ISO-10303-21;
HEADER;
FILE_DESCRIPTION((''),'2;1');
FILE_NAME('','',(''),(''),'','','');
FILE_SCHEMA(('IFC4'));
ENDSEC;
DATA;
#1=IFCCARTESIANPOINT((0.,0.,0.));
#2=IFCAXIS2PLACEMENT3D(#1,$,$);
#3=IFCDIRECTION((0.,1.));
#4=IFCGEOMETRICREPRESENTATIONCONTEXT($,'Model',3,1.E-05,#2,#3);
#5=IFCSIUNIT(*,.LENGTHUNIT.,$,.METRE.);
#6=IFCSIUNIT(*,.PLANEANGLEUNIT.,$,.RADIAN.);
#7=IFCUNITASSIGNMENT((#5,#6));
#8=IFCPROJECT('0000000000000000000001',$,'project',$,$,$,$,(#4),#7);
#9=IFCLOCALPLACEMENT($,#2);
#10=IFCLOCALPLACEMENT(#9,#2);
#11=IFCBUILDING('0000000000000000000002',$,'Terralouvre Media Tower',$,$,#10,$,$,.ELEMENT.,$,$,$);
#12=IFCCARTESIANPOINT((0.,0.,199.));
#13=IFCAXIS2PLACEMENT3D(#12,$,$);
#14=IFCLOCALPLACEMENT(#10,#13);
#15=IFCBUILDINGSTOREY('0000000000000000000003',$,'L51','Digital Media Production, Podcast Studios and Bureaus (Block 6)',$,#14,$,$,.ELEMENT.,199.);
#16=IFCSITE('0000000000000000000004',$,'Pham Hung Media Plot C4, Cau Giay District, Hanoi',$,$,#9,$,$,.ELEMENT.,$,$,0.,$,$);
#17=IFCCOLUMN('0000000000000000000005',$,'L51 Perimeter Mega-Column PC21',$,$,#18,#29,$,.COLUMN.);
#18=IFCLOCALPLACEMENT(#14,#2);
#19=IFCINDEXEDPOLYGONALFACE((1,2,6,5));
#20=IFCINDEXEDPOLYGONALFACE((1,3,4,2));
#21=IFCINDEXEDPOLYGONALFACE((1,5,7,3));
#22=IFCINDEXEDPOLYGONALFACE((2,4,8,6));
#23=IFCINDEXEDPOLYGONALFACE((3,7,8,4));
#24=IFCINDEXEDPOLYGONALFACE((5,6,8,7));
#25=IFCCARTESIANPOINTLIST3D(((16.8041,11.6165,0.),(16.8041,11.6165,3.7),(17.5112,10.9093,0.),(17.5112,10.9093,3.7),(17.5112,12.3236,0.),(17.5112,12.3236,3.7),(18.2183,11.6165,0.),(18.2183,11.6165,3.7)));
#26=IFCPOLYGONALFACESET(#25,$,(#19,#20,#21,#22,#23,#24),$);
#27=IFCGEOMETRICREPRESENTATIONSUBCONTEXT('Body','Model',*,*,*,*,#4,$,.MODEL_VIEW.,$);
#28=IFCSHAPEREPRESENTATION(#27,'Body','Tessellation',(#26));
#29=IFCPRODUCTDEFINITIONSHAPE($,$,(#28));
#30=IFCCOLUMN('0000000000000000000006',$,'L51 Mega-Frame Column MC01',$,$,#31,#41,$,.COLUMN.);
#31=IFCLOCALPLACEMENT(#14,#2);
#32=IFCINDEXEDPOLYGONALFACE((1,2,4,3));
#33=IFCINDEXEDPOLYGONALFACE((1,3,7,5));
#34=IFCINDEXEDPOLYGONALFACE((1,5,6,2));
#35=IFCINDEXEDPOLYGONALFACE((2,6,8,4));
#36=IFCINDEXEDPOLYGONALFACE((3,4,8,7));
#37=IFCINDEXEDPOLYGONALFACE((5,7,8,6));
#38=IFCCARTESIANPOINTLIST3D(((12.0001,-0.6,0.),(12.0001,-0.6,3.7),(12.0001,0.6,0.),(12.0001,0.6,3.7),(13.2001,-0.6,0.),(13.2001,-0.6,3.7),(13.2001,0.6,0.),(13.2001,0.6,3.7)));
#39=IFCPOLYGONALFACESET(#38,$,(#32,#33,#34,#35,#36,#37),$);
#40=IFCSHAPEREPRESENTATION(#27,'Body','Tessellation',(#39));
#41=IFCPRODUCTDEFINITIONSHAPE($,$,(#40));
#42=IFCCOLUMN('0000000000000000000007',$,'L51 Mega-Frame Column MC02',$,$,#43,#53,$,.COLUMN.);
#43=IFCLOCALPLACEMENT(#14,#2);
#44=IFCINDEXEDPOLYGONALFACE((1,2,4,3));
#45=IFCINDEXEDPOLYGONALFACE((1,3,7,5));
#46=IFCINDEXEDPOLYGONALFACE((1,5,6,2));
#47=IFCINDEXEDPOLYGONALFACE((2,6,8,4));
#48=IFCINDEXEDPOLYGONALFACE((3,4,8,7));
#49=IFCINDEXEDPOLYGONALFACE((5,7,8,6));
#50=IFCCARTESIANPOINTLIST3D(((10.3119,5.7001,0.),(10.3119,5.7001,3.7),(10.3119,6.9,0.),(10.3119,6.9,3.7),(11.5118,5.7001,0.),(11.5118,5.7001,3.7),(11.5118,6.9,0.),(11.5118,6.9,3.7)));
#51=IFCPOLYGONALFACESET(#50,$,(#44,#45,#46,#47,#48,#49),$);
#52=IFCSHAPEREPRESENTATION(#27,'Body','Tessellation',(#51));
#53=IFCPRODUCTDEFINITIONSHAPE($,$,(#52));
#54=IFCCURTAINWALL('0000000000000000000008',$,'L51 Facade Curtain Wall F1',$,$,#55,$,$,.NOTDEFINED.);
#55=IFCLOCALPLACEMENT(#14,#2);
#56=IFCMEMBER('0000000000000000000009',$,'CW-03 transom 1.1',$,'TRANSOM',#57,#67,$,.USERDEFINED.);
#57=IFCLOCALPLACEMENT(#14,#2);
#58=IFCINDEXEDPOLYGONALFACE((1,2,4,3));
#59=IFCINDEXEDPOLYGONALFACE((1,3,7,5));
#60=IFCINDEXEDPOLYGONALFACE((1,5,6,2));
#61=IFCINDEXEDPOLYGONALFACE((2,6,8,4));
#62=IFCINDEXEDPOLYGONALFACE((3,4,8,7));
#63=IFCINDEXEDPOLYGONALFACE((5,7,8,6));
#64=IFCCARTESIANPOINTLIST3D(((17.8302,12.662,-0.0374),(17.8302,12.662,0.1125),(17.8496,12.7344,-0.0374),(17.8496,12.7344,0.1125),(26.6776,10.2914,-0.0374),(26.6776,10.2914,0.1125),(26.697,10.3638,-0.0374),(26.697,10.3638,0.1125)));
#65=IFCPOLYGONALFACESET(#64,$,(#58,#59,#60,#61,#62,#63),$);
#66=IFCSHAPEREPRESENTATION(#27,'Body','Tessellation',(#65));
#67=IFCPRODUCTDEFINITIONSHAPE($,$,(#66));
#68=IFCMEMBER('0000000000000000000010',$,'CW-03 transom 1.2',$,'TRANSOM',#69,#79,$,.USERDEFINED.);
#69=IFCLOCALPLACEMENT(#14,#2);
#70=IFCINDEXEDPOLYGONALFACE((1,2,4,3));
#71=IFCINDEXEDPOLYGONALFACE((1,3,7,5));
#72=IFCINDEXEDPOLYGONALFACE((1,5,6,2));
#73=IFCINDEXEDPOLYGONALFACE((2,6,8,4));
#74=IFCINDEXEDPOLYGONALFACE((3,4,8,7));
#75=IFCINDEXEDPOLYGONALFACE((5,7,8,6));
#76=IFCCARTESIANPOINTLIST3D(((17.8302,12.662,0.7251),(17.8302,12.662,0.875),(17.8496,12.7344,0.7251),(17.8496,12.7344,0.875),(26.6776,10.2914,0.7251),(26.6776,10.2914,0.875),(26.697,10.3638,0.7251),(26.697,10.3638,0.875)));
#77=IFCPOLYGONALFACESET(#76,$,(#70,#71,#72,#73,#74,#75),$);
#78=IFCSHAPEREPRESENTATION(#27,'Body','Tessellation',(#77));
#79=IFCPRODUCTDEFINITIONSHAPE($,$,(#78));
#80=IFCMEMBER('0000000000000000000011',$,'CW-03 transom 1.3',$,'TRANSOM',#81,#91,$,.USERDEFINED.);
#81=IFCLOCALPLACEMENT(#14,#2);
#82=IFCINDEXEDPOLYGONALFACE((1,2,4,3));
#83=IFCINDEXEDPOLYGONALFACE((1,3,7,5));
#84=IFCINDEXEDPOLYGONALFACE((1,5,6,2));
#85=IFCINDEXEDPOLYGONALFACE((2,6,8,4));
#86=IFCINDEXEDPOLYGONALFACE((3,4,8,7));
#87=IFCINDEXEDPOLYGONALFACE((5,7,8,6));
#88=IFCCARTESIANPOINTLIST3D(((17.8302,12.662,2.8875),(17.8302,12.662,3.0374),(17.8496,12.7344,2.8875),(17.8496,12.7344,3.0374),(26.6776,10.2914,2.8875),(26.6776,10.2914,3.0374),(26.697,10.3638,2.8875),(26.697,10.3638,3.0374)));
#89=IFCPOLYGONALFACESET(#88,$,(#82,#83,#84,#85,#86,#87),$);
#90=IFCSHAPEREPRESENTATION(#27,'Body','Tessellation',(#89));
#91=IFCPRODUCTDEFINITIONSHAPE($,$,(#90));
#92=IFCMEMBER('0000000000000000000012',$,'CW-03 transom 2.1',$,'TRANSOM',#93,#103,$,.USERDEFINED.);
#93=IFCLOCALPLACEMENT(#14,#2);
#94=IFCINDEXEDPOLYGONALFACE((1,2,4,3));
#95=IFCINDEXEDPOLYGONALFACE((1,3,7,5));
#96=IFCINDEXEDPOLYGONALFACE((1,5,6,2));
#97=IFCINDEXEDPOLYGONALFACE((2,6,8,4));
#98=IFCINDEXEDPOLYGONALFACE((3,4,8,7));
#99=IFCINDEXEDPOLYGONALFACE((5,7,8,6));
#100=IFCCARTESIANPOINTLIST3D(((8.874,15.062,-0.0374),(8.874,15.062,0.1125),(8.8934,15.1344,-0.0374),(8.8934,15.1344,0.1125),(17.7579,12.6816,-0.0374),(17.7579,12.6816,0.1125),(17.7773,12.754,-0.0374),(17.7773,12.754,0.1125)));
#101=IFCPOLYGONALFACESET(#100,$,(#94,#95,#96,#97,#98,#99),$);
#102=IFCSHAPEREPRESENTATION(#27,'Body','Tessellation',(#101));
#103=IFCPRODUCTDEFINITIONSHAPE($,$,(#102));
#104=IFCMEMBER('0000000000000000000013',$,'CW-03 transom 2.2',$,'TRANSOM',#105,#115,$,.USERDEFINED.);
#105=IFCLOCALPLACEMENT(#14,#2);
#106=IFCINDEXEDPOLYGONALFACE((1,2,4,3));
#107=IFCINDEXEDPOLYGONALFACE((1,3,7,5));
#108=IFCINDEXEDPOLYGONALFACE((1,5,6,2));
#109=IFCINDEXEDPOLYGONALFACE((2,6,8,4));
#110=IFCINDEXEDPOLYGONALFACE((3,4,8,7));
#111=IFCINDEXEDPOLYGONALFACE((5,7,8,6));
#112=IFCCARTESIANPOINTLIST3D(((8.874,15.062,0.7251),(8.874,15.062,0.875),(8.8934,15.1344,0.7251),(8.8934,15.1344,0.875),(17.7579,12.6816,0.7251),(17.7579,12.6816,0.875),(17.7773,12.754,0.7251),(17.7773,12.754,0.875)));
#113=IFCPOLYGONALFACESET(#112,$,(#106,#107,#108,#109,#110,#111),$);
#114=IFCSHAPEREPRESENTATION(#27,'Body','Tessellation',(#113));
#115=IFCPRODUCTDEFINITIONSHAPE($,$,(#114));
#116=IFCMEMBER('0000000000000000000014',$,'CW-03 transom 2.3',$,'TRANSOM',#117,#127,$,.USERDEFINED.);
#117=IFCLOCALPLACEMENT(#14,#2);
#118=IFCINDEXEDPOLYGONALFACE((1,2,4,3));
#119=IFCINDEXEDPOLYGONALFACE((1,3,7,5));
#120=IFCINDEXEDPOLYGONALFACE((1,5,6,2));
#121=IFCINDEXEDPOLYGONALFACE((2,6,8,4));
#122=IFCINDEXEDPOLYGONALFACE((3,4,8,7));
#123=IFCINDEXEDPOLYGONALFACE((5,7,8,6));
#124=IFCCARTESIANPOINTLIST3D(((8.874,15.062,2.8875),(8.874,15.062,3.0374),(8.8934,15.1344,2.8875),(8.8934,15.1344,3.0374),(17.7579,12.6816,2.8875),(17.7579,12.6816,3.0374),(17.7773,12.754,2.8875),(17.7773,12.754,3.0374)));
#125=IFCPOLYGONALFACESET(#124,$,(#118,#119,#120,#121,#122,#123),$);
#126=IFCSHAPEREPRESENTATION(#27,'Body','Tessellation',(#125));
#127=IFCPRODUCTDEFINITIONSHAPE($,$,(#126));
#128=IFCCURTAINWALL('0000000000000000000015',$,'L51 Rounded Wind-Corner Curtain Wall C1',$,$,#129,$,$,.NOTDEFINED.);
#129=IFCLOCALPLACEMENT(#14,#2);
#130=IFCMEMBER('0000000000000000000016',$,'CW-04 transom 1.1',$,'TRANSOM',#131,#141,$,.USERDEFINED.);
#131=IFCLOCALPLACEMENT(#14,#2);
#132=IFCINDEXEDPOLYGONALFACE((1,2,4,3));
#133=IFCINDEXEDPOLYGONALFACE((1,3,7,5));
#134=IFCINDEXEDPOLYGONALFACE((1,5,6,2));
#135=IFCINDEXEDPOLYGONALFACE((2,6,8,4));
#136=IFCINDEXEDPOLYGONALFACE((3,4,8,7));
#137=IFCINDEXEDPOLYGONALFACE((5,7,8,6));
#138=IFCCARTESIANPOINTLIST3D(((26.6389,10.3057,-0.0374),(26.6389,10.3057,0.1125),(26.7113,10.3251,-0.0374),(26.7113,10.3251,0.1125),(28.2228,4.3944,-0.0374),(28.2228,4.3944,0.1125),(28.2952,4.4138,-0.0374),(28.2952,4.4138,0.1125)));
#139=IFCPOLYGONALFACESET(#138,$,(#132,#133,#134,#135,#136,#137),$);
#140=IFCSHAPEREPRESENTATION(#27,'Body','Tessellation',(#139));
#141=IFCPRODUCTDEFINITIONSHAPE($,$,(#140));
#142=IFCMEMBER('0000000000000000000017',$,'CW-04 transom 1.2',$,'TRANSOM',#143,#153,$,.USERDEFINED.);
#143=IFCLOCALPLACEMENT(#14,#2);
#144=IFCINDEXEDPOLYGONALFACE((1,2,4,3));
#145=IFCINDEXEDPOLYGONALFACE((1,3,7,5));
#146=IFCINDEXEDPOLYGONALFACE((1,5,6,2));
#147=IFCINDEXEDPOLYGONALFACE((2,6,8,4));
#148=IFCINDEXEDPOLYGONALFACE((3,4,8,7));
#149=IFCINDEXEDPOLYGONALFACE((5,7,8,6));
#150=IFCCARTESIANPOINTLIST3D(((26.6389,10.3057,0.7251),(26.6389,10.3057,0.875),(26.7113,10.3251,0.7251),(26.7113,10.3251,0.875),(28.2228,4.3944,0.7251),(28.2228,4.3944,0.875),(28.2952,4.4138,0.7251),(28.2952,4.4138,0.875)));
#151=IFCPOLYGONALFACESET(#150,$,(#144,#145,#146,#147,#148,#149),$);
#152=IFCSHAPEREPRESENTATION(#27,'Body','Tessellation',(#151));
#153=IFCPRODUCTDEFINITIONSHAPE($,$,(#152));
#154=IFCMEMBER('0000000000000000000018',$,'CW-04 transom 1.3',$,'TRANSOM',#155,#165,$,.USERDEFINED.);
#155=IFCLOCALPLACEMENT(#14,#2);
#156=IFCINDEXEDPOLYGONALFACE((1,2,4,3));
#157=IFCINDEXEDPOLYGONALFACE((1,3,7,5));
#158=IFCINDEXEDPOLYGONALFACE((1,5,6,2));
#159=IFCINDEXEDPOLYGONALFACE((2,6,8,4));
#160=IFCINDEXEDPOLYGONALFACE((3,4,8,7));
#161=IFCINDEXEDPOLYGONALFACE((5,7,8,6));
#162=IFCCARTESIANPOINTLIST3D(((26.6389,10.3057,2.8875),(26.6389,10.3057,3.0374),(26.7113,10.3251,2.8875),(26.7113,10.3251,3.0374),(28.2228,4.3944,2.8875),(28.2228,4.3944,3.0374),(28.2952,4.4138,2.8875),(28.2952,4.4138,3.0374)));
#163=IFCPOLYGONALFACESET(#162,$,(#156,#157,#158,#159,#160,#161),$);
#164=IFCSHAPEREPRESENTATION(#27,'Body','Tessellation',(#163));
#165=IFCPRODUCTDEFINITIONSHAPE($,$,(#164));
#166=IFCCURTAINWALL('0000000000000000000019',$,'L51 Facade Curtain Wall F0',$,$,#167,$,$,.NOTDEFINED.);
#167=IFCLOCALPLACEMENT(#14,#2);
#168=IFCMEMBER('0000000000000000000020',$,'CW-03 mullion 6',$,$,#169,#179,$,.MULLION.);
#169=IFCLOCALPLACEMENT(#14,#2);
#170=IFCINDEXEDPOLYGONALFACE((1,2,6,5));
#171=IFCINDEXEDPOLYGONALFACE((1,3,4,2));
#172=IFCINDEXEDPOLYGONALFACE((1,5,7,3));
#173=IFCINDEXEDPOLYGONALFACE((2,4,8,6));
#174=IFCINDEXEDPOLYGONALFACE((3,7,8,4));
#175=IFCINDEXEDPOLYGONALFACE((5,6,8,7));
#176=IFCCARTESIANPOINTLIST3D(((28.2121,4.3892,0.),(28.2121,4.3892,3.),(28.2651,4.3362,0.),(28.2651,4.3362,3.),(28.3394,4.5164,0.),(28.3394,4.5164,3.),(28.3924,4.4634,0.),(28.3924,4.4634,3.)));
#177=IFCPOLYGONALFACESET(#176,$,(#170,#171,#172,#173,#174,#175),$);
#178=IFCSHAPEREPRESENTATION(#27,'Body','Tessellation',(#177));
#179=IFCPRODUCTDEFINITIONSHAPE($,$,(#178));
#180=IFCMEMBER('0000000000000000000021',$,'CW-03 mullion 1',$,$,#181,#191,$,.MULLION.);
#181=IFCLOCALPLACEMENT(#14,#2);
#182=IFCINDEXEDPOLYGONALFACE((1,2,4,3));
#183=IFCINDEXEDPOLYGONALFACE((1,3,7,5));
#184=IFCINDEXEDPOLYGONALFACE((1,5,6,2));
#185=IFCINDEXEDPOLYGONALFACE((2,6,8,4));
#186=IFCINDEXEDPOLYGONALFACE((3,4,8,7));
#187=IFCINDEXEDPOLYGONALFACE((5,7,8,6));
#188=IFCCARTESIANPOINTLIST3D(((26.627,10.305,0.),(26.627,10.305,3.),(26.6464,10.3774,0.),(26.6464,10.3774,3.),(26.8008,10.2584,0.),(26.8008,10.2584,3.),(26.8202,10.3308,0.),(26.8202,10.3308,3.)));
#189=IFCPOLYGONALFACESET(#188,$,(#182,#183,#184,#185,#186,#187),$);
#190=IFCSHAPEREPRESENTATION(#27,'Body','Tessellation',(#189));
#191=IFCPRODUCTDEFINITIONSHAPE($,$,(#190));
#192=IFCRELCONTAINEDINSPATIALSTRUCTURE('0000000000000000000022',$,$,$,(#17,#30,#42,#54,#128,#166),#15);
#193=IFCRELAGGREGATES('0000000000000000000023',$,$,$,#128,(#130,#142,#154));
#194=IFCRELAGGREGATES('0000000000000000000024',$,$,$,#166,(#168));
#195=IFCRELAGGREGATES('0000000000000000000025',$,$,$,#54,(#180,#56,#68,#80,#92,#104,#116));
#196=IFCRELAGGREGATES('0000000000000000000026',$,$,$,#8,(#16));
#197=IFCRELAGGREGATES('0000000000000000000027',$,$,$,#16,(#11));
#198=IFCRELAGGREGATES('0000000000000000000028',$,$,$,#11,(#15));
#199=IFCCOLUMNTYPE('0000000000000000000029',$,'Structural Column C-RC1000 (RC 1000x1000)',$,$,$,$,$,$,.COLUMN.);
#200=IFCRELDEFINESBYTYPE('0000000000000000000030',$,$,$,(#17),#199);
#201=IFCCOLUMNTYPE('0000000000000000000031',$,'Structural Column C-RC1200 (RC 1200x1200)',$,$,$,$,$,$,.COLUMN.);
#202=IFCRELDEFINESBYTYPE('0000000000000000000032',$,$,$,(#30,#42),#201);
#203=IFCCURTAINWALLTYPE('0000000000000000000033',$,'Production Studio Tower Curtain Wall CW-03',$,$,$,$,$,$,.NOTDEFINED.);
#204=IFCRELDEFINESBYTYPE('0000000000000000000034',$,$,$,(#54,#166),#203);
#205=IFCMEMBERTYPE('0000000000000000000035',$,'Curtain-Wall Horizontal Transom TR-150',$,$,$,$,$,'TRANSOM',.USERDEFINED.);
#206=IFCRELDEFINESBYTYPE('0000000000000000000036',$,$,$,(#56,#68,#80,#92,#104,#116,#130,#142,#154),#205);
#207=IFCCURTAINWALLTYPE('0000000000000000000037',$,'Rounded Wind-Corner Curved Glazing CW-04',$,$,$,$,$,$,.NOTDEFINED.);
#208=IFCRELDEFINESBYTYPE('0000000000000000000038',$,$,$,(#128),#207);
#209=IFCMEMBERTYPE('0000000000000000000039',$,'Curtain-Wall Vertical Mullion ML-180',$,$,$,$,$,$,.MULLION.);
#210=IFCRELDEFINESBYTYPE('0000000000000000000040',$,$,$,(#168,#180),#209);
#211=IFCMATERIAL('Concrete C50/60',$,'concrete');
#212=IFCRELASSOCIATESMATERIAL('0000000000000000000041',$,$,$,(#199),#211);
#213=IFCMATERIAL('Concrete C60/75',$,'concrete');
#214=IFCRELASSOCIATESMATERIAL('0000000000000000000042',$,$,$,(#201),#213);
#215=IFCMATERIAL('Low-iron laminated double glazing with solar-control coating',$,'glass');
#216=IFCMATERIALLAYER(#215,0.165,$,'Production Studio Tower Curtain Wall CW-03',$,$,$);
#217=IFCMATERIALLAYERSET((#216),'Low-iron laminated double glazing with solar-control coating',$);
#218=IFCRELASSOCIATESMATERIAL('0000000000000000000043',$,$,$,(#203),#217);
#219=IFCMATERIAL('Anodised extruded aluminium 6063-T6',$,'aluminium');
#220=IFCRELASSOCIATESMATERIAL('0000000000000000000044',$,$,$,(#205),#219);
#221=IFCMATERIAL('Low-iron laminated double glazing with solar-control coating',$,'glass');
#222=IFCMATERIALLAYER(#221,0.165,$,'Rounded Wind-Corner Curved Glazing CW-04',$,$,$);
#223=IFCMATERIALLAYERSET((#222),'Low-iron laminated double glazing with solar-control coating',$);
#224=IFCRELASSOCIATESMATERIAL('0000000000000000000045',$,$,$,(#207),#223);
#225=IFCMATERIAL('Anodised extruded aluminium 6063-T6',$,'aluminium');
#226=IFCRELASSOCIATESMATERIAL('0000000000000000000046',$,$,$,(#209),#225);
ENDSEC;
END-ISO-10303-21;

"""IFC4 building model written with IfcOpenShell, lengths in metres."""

from ifc_helpers import new_model, si_unit, direction, frame, origin, origin_2d, place, context, subcontext, project, spatial, rectangle, extrude, material, layer, layer_set, material_profile, profile_set, type_object, element, aggregate, save


model = new_model("IFC4")

# Units and contexts
model_context = context("Model", 3, precision=1e-05, world=origin(), true_north=direction((0.0, 1.0)))
body_context = subcontext(model_context, "Body", "Model", "MODEL_VIEW")
ifc_project = project(units=[si_unit("LENGTHUNIT", "METRE"), si_unit("PLANEANGLEUNIT", "RADIAN")], contexts=[model_context])

# Site, building, storey
site_placement = place(None, origin())
site = spatial("IfcSite", under=ifc_project, at=site_placement, Name="Pham Hung Media Plot C4, Cau Giay District, Hanoi", CompositionType="ELEMENT", RefElevation=0.0)
building_placement = place(site_placement, origin())
building = spatial("IfcBuilding", under=site, at=building_placement, Name="Terralouvre Media Tower", CompositionType="ELEMENT")
storey_placement = place(building_placement, frame((0.0, 0.0, 199.0)))
storey = spatial("IfcBuildingStorey", under=building, at=storey_placement, Name="L51", Description="Digital Media Production, Podcast Studios and Bureaus (Block 6)", CompositionType="ELEMENT", Elevation=199.0)

# Columns
ifc_material_1 = material(Name="Concrete C50/60", Category="concrete")
ifc_material_profile_1 = material_profile(ifc_material_1, rectangle(XDim=1.0, YDim=1.0, at=origin_2d()), Name="RC 1000x1000")
ifc_profile_set_1 = profile_set([ifc_material_profile_1], Name="Concrete C50/60")
column_type_1 = type_object("IfcColumnType", Name="Structural Column C-RC1000 (RC 1000x1000)", PredefinedType="COLUMN", material=ifc_profile_set_1)
column_placement = place(storey_placement, frame((17.5112, 11.6165, 0.0), z_axis=(0.0, 0.0, 1.0), x_axis=(0.707107, 0.707107, 0.0)))
element("IfcColumn", 1, at=column_placement, inside=storey, type_object=column_type_1, Name="L51 Perimeter Mega-Column PC21", PredefinedType="COLUMN", context=body_context, shape_type="SweptSolid", body=[
    extrude(rectangle(XDim=1.0, YDim=1.0, at=origin_2d()), origin(), (0.0, 0.0, 1.0), 3.7),
])
ifc_material_2 = material(Name="Concrete C60/75", Category="concrete")
ifc_material_profile_2 = material_profile(ifc_material_2, rectangle(XDim=1.2, YDim=1.2, at=origin_2d()), Name="RC 1200x1200")
ifc_profile_set_2 = profile_set([ifc_material_profile_2], Name="Concrete C60/75")
column_type_2 = type_object("IfcColumnType", Name="Structural Column C-RC1200 (RC 1200x1200)", PredefinedType="COLUMN", material=ifc_profile_set_2)
for number, where, z_axis, x_axis, name in (
    (2, (12.6001, 0.0, 0.0), (0.0, 0.0, 1.0), (1.0, 0.0, 0.0), "L51 Mega-Frame Column MC01"),
    (3, (10.9119, 6.3, 0.0), (0.0, 0.0, 1.0), (1.0, 0.0, 0.0), "L51 Mega-Frame Column MC02"),
):
    element("IfcColumn", number, at=place(storey_placement, frame(where, z_axis=z_axis, x_axis=x_axis)), inside=storey, type_object=column_type_2, Name=name, PredefinedType="COLUMN", context=body_context, shape_type="SweptSolid", body=[
        extrude(rectangle(XDim=1.2, YDim=1.2, at=origin_2d()), origin(), (0.0, 0.0, 1.0), 3.7),
    ])

# Curtain walls, members
ifc_material_3 = material(Name="Low-iron laminated double glazing with solar-control coating", Category="glass")
ifc_layer_1 = layer(ifc_material_3, 0.165, Name="Production Studio Tower Curtain Wall CW-03")
ifc_layer_set_1 = layer_set([ifc_layer_1], Name="Low-iron laminated double glazing with solar-control coating")
curtain_wall_type_1 = type_object("IfcCurtainWallType", Name="Production Studio Tower Curtain Wall CW-03", PredefinedType="NOTDEFINED", material=ifc_layer_set_1)
curtain_wall_1_placement = place(storey_placement, origin())
curtain_wall_1 = element("IfcCurtainWall", 4, at=curtain_wall_1_placement, inside=storey, type_object=curtain_wall_type_1, Name="L51 Facade Curtain Wall F1", PredefinedType="NOTDEFINED")
ifc_material_4 = material(Name="Anodised extruded aluminium 6063-T6", Category="aluminium")
ifc_material_profile_3 = material_profile(ifc_material_4, rectangle(XDim=0.075, YDim=0.1499, at=origin_2d()), Name="ALU 75x150")
ifc_profile_set_3 = profile_set([ifc_material_profile_3], Name="Anodised extruded aluminium 6063-T6")
member_type_1 = type_object("IfcMemberType", Name="Curtain-Wall Horizontal Transom TR-150", ElementType="TRANSOM", PredefinedType="USERDEFINED", material=ifc_profile_set_3)
member_1_placement = place(storey_placement, frame((26.6873, 10.3276, 0.0376), z_axis=(-0.965927, 0.258814, 0.0), x_axis=(-0.258814, -0.965927, 0.0)))
member_1 = element("IfcMember", 5, at=member_1_placement, type_object=member_type_1, Name="CW-03 transom 1.1", ObjectType="TRANSOM", PredefinedType="USERDEFINED", context=body_context, shape_type="SweptSolid", body=[
    extrude(rectangle(XDim=0.075, YDim=0.1499, at=origin_2d()), origin(), (0.0, 0.0, 1.0), 9.1594),
])
member_2_placement = place(storey_placement, frame((26.6873, 10.3276, 0.8), z_axis=(-0.965927, 0.258814, 0.0), x_axis=(-0.258814, -0.965927, 0.0)))
member_2 = element("IfcMember", 6, at=member_2_placement, type_object=member_type_1, Name="CW-03 transom 1.2", ObjectType="TRANSOM", PredefinedType="USERDEFINED", context=body_context, shape_type="SweptSolid", body=[
    extrude(rectangle(XDim=0.075, YDim=0.1499, at=origin_2d()), origin(), (0.0, 0.0, 1.0), 9.1594),
])
member_3_placement = place(storey_placement, frame((26.6873, 10.3276, 2.9624), z_axis=(-0.965927, 0.258814, 0.0), x_axis=(-0.258814, -0.965927, 0.0)))
member_3 = element("IfcMember", 7, at=member_3_placement, type_object=member_type_1, Name="CW-03 transom 1.3", ObjectType="TRANSOM", PredefinedType="USERDEFINED", context=body_context, shape_type="SweptSolid", body=[
    extrude(rectangle(XDim=0.075, YDim=0.1499, at=origin_2d()), origin(), (0.0, 0.0, 1.0), 9.1594),
])
member_4_placement = place(storey_placement, frame((17.7676, 12.7178, 0.0376), z_axis=(-0.965927, 0.258816, 0.0), x_axis=(-0.258816, -0.965927, 0.0)))
member_4 = element("IfcMember", 8, at=member_4_placement, type_object=member_type_1, Name="CW-03 transom 2.1", ObjectType="TRANSOM", PredefinedType="USERDEFINED", context=body_context, shape_type="SweptSolid", body=[
    extrude(rectangle(XDim=0.075, YDim=0.1499, at=origin_2d()), origin(), (0.0, 0.0, 1.0), 9.1973),
])
member_5_placement = place(storey_placement, frame((17.7676, 12.7178, 0.8), z_axis=(-0.965927, 0.258816, 0.0), x_axis=(-0.258816, -0.965927, 0.0)))
member_5 = element("IfcMember", 9, at=member_5_placement, type_object=member_type_1, Name="CW-03 transom 2.2", ObjectType="TRANSOM", PredefinedType="USERDEFINED", context=body_context, shape_type="SweptSolid", body=[
    extrude(rectangle(XDim=0.075, YDim=0.1499, at=origin_2d()), origin(), (0.0, 0.0, 1.0), 9.1973),
])
member_6_placement = place(storey_placement, frame((17.7676, 12.7178, 2.9624), z_axis=(-0.965927, 0.258816, 0.0), x_axis=(-0.258816, -0.965927, 0.0)))
member_6 = element("IfcMember", 10, at=member_6_placement, type_object=member_type_1, Name="CW-03 transom 2.3", ObjectType="TRANSOM", PredefinedType="USERDEFINED", context=body_context, shape_type="SweptSolid", body=[
    extrude(rectangle(XDim=0.075, YDim=0.1499, at=origin_2d()), origin(), (0.0, 0.0, 1.0), 9.1973),
])
ifc_material_5 = material(Name="Low-iron laminated double glazing with solar-control coating", Category="glass")
ifc_layer_2 = layer(ifc_material_5, 0.165, Name="Rounded Wind-Corner Curved Glazing CW-04")
ifc_layer_set_2 = layer_set([ifc_layer_2], Name="Low-iron laminated double glazing with solar-control coating")
curtain_wall_type_2 = type_object("IfcCurtainWallType", Name="Rounded Wind-Corner Curved Glazing CW-04", PredefinedType="NOTDEFINED", material=ifc_layer_set_2)
curtain_wall_2_placement = place(storey_placement, origin())
curtain_wall_2 = element("IfcCurtainWall", 11, at=curtain_wall_2_placement, inside=storey, type_object=curtain_wall_type_2, Name="L51 Rounded Wind-Corner Curtain Wall C1", PredefinedType="NOTDEFINED")
member_7_placement = place(storey_placement, frame((28.259, 4.4041, 0.0376), z_axis=(-0.258824, 0.965924, 0.0), x_axis=(-0.965924, -0.258824, 0.0)))
member_7 = element("IfcMember", 12, at=member_7_placement, type_object=member_type_1, Name="CW-04 transom 1.1", ObjectType="TRANSOM", PredefinedType="USERDEFINED", context=body_context, shape_type="SweptSolid", body=[
    extrude(rectangle(XDim=0.075, YDim=0.1499, at=origin_2d()), origin(), (0.0, 0.0, 1.0), 6.1199),
])
member_8_placement = place(storey_placement, frame((28.259, 4.4041, 0.8), z_axis=(-0.258824, 0.965924, 0.0), x_axis=(-0.965924, -0.258824, 0.0)))
member_8 = element("IfcMember", 13, at=member_8_placement, type_object=member_type_1, Name="CW-04 transom 1.2", ObjectType="TRANSOM", PredefinedType="USERDEFINED", context=body_context, shape_type="SweptSolid", body=[
    extrude(rectangle(XDim=0.075, YDim=0.1499, at=origin_2d()), origin(), (0.0, 0.0, 1.0), 6.1199),
])
member_9_placement = place(storey_placement, frame((28.259, 4.4041, 2.9624), z_axis=(-0.258824, 0.965924, 0.0), x_axis=(-0.965924, -0.258824, 0.0)))
member_9 = element("IfcMember", 14, at=member_9_placement, type_object=member_type_1, Name="CW-04 transom 1.3", ObjectType="TRANSOM", PredefinedType="USERDEFINED", context=body_context, shape_type="SweptSolid", body=[
    extrude(rectangle(XDim=0.075, YDim=0.1499, at=origin_2d()), origin(), (0.0, 0.0, 1.0), 6.1199),
])

# Curtain wall, member
curtain_wall_3_placement = place(storey_placement, origin())
curtain_wall_3 = element("IfcCurtainWall", 15, at=curtain_wall_3_placement, inside=storey, type_object=curtain_wall_type_1, Name="L51 Facade Curtain Wall F0", PredefinedType="NOTDEFINED")
ifc_material_6 = material(Name="Anodised extruded aluminium 6063-T6", Category="aluminium")
ifc_material_profile_4 = material_profile(ifc_material_6, rectangle(XDim=0.075, YDim=0.1799, at=origin_2d()), Name="ALU 75x180")
ifc_profile_set_4 = profile_set([ifc_material_profile_4], Name="Anodised extruded aluminium 6063-T6")
member_type_2 = type_object("IfcMemberType", Name="Curtain-Wall Vertical Mullion ML-180", PredefinedType="MULLION", material=ifc_profile_set_4)
member_10_placement = place(storey_placement, frame((28.3022, 4.4263, 0.0), z_axis=(0.0, 0.0, 1.0), x_axis=(-0.707107, 0.707107, 0.0)))
member_10 = element("IfcMember", 16, at=member_10_placement, type_object=member_type_2, Name="CW-03 mullion 6", PredefinedType="MULLION", context=body_context, shape_type="SweptSolid", body=[
    extrude(rectangle(XDim=0.075, YDim=0.1799, at=origin_2d()), origin(), (0.0, 0.0, 1.0), 3.0),
])

# Member
member_11_placement = place(storey_placement, frame((26.7236, 10.3179, 0.0), z_axis=(0.0, 0.0, 1.0), x_axis=(-0.258819, -0.965926, 0.0)))
member_11 = element("IfcMember", 17, at=member_11_placement, type_object=member_type_2, Name="CW-03 mullion 1", PredefinedType="MULLION", context=body_context, shape_type="SweptSolid", body=[
    extrude(rectangle(XDim=0.075, YDim=0.1799, at=origin_2d()), origin(), (0.0, 0.0, 1.0), 3.0),
])

aggregate(curtain_wall_2, [member_7, member_8, member_9])
aggregate(curtain_wall_3, [member_10])
aggregate(curtain_wall_1, [member_11, member_1, member_2, member_3, member_4, member_5, member_6])

save(model, "model.ifc")
